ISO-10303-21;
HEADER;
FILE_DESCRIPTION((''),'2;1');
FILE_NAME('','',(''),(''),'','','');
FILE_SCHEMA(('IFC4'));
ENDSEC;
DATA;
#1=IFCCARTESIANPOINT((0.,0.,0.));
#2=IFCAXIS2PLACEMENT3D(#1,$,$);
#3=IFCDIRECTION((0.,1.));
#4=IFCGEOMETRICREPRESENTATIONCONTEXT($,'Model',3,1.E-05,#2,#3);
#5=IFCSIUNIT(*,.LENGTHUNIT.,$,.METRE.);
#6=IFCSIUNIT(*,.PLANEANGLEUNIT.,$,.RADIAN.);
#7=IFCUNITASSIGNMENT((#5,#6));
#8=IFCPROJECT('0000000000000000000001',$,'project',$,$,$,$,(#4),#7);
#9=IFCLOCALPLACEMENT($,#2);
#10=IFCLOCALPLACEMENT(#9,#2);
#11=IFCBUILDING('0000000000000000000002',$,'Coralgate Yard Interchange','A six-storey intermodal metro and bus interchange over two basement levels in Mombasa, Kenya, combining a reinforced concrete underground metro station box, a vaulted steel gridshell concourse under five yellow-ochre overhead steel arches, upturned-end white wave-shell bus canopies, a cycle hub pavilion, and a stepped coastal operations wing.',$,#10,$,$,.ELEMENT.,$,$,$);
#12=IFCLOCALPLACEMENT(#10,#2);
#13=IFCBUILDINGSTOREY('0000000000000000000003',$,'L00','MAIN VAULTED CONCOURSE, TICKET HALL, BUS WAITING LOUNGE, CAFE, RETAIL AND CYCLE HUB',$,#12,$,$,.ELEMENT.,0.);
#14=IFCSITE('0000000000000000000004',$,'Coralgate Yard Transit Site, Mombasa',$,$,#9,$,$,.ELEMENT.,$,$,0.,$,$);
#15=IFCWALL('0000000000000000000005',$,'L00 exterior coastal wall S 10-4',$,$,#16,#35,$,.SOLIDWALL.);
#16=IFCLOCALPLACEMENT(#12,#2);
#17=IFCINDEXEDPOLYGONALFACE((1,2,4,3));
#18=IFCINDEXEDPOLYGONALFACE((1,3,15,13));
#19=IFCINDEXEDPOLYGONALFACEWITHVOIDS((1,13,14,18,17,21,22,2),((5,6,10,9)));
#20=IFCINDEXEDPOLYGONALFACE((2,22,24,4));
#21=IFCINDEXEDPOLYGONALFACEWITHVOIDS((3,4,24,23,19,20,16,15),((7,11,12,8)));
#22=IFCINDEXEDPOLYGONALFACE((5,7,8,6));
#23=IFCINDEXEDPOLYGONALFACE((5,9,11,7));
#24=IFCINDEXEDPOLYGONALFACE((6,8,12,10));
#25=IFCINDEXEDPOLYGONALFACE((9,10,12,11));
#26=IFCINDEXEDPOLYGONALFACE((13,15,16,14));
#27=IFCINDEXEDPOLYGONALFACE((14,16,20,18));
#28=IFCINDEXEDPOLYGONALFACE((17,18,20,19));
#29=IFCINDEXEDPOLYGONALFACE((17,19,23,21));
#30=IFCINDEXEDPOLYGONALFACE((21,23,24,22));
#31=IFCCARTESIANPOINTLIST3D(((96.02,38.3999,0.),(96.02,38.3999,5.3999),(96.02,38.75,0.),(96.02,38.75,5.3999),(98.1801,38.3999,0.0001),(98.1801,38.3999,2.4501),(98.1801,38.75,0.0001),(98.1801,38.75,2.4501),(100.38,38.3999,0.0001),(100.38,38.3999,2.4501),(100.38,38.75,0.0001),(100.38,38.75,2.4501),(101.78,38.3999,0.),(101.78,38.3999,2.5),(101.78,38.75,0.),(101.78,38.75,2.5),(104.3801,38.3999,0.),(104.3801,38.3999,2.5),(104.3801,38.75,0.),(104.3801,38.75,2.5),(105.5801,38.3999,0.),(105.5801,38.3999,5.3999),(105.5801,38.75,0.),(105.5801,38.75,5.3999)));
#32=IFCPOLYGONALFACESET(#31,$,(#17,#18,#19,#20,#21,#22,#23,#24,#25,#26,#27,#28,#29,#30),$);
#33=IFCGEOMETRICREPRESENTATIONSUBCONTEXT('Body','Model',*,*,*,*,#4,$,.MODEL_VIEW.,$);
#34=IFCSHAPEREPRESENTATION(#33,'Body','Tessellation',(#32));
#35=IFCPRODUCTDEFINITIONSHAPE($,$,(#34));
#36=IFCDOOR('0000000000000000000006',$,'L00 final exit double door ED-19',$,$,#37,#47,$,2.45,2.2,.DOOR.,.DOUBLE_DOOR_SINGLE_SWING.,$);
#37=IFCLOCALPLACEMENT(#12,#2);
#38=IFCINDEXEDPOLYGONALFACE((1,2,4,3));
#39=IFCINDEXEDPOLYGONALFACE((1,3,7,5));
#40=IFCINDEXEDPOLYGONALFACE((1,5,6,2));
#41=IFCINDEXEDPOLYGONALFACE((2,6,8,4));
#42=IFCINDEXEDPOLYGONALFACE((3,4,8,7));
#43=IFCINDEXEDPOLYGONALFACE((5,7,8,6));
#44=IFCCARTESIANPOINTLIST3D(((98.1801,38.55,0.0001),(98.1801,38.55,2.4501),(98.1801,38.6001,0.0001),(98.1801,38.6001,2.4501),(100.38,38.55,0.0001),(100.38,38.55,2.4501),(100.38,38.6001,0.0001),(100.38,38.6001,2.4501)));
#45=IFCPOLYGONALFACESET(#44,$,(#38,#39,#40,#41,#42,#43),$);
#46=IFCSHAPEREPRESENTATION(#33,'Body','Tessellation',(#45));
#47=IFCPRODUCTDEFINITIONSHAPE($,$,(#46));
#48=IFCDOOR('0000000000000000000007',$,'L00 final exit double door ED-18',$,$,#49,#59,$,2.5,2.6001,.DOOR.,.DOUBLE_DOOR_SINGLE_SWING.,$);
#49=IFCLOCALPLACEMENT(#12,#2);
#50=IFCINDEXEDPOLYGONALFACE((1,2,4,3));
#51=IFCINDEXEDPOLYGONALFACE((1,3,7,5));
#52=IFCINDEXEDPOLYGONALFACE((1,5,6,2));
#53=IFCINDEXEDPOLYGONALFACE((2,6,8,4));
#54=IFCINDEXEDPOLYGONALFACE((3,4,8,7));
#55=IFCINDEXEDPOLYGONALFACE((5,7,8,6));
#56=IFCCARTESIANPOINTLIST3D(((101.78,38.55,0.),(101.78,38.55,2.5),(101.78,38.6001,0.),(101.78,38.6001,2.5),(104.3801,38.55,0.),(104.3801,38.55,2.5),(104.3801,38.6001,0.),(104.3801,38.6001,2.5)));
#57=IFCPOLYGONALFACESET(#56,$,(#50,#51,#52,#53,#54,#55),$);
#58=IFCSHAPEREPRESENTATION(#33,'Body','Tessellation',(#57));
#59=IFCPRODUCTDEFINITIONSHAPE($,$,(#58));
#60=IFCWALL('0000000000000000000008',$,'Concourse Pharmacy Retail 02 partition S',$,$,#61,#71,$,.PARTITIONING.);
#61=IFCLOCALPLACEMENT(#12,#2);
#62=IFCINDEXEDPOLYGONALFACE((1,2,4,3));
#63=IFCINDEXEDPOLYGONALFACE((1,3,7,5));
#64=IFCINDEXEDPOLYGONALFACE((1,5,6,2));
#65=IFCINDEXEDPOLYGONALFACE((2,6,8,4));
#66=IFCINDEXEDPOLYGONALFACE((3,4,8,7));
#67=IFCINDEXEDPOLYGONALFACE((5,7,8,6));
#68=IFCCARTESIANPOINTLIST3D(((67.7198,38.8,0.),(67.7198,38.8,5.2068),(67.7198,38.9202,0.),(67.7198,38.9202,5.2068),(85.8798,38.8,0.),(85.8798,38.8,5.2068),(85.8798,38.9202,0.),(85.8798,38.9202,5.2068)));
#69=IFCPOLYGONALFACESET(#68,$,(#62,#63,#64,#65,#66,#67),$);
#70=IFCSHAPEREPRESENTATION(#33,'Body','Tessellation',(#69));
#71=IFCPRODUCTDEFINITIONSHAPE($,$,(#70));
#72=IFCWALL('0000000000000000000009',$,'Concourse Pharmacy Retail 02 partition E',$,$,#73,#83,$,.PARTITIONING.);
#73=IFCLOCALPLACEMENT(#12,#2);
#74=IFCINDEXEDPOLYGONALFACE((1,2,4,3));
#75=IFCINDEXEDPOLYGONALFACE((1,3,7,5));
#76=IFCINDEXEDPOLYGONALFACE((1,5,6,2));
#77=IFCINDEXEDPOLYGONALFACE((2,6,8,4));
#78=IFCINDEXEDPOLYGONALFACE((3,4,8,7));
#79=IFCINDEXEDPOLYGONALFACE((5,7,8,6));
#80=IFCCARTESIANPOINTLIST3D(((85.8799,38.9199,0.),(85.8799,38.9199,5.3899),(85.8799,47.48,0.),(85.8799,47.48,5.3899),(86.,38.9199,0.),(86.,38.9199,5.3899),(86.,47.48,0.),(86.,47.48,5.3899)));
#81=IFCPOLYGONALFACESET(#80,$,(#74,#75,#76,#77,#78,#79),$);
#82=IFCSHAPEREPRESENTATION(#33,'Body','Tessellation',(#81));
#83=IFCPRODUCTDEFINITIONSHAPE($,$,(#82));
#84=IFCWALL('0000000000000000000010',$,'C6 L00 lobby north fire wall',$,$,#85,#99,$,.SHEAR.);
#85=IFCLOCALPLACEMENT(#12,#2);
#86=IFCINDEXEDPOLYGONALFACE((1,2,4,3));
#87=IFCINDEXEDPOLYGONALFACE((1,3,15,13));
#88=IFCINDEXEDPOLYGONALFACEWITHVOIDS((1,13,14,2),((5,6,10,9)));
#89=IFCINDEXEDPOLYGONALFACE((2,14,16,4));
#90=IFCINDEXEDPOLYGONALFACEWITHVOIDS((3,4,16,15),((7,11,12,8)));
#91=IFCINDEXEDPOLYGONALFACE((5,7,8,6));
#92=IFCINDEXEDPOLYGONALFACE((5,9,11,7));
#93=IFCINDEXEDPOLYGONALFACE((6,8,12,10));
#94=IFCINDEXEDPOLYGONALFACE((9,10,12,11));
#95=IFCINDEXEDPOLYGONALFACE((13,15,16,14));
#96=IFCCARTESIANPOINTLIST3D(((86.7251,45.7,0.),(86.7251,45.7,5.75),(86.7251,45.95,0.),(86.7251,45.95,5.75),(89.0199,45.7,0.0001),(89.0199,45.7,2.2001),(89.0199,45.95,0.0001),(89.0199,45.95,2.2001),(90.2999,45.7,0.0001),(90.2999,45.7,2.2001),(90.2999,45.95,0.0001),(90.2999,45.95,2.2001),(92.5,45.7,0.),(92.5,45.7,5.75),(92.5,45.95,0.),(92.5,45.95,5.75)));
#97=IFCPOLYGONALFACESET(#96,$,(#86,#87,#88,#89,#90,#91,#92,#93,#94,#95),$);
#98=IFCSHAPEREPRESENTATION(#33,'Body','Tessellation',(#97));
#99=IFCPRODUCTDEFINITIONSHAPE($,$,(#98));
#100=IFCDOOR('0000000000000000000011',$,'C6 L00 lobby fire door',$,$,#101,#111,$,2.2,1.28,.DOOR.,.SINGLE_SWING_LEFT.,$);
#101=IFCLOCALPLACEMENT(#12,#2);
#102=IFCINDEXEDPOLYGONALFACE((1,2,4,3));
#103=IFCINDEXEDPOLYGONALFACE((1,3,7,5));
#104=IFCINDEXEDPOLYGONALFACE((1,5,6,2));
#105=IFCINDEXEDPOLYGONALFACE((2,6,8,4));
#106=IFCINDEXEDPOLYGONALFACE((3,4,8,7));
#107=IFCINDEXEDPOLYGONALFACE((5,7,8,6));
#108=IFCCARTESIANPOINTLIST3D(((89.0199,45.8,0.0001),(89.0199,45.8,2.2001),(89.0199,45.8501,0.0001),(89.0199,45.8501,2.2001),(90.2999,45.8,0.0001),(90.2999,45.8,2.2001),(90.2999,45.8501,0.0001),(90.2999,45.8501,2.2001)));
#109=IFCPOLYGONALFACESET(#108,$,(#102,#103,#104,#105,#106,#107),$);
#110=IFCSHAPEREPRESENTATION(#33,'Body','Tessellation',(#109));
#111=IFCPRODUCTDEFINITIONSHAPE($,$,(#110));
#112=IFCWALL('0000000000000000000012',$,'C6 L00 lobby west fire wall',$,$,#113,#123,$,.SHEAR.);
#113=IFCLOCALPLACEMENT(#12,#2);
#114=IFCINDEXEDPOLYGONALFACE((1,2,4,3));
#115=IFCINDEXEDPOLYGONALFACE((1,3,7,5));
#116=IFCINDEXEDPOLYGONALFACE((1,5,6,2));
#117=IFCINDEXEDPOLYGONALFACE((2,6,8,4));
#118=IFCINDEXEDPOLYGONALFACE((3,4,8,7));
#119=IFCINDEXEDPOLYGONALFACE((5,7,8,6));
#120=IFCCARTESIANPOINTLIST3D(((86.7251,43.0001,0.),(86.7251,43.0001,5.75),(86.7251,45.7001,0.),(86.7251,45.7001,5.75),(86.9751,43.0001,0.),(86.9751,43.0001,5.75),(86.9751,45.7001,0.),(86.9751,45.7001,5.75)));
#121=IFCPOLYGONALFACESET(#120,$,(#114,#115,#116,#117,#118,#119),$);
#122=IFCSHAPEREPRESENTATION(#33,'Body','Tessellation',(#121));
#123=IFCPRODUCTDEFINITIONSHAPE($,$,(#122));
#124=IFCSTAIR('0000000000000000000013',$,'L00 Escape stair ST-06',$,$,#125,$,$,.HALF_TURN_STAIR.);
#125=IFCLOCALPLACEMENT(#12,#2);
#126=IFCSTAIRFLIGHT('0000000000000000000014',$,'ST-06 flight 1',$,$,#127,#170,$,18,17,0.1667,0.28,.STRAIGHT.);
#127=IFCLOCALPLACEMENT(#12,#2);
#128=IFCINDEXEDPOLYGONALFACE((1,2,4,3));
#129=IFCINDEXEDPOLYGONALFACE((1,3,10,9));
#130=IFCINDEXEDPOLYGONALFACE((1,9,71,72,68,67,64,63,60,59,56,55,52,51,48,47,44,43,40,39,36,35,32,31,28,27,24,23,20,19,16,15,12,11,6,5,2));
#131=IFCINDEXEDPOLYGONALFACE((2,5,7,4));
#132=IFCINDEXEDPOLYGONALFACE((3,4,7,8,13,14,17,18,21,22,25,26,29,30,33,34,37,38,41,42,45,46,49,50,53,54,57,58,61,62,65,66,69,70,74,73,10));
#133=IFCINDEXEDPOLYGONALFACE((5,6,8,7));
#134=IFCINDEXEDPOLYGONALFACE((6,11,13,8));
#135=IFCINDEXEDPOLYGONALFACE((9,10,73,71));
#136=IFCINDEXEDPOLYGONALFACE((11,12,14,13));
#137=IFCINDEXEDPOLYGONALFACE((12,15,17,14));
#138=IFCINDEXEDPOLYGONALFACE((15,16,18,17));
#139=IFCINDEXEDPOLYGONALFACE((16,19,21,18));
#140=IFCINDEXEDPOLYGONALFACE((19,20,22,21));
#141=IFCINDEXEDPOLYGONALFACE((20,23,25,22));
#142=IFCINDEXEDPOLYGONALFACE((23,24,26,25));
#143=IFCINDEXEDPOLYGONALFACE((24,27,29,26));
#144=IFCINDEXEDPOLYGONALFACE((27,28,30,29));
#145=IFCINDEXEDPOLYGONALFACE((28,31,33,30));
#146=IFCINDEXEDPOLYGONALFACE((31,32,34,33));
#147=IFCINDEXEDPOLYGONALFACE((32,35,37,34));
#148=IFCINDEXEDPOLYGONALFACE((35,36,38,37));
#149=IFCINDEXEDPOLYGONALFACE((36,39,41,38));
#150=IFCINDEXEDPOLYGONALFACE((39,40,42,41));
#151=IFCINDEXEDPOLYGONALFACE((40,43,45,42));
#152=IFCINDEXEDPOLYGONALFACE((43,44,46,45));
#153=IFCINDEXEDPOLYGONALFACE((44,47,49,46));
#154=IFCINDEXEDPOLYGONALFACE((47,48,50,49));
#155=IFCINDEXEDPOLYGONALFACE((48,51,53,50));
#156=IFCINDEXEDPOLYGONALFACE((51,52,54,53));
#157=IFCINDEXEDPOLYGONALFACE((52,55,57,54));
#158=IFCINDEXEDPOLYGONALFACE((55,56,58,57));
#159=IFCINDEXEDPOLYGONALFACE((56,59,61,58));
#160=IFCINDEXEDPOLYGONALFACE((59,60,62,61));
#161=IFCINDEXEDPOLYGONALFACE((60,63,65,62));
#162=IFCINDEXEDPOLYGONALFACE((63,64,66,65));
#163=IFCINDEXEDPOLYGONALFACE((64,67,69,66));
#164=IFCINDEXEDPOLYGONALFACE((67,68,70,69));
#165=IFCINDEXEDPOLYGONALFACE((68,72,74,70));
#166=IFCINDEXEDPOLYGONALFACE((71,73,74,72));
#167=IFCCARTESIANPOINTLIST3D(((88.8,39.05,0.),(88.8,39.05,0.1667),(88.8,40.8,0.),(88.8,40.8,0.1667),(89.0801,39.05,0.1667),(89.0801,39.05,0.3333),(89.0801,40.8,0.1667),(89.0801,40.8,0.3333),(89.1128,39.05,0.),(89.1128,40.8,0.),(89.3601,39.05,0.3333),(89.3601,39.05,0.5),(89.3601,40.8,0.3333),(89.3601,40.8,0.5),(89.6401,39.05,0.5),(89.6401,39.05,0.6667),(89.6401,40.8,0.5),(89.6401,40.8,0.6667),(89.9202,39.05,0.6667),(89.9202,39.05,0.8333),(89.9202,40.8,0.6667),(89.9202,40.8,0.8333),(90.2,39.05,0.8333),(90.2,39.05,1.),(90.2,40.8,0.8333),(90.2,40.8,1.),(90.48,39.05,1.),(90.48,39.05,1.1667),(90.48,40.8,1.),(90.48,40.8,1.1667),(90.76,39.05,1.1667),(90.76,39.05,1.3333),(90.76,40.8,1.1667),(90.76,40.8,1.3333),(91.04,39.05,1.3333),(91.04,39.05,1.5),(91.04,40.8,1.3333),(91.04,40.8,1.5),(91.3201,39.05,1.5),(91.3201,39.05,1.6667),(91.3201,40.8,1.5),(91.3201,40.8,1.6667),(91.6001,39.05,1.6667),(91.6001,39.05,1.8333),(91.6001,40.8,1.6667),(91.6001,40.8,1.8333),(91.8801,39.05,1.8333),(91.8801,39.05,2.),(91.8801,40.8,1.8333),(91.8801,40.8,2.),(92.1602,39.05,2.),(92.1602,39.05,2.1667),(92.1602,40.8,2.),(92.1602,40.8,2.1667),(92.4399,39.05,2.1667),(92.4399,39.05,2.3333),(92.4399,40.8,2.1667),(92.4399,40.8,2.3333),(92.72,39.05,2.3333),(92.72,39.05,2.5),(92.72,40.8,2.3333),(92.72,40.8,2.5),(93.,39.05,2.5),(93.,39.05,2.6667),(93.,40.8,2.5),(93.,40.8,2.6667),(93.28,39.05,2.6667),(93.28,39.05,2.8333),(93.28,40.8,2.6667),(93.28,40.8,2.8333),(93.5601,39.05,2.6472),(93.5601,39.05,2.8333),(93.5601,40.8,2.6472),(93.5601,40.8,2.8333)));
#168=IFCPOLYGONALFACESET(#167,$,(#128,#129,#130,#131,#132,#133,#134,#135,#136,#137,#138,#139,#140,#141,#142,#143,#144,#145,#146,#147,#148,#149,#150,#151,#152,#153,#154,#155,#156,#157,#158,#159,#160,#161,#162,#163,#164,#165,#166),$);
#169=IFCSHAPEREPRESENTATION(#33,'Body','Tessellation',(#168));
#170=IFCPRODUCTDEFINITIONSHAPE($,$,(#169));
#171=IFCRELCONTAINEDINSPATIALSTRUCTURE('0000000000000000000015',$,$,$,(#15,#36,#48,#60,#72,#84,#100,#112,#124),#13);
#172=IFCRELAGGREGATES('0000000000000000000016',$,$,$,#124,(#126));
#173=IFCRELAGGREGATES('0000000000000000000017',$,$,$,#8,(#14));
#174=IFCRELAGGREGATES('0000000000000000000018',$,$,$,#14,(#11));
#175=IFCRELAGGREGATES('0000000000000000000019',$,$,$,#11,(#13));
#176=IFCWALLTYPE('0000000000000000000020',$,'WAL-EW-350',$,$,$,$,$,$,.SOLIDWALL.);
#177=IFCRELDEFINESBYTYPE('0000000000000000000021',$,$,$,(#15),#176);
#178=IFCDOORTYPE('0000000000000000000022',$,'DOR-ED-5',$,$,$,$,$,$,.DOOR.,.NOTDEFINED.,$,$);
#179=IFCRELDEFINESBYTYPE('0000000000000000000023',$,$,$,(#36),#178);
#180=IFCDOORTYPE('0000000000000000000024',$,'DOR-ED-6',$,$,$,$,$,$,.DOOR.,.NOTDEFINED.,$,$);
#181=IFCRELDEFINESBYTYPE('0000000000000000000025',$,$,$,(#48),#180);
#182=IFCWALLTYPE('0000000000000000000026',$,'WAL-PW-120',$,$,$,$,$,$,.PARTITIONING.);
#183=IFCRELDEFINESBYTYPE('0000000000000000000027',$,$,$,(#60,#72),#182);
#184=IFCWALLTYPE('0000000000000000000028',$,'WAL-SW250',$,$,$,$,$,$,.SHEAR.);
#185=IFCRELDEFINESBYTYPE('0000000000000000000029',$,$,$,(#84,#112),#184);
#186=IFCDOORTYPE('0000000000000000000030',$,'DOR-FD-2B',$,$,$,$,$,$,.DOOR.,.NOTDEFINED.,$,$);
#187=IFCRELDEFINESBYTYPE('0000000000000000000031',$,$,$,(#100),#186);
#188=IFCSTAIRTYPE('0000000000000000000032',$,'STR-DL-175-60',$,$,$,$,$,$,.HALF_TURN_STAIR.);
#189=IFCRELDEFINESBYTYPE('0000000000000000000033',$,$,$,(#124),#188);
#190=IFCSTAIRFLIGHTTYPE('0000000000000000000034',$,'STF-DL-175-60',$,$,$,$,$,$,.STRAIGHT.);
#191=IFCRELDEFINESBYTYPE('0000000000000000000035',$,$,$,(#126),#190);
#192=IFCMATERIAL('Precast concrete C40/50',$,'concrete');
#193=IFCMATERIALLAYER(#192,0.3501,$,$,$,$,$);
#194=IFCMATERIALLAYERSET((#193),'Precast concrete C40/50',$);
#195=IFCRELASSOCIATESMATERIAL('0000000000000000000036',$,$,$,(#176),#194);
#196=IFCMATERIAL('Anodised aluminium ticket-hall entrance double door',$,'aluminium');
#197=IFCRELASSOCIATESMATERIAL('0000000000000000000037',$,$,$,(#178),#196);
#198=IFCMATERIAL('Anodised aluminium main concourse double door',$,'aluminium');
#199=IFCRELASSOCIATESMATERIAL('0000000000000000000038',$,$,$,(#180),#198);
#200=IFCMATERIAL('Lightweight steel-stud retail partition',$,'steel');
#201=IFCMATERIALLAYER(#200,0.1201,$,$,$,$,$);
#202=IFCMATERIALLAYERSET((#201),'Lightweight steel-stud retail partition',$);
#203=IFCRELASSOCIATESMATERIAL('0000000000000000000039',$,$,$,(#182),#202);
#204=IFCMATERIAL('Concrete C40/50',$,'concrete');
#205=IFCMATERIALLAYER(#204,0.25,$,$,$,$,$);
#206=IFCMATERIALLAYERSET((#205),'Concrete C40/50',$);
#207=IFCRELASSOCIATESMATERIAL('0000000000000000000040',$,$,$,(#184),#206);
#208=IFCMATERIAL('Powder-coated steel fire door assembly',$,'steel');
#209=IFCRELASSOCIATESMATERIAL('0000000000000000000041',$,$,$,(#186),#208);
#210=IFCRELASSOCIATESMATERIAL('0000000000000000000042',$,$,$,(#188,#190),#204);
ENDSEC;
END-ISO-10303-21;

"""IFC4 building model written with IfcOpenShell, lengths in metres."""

from ifc_helpers import new_model, si_unit, direction, frame, frame_2d, origin, place, context, subcontext, project, spatial, polyline, rectangle, outline, extrude, material, layer, layer_set, type_object, element, fill, aggregate, save


model = new_model("IFC4")

# Units and contexts
model_context = context("Model", 3, precision=1e-05, world=origin(), true_north=direction((0.0, 1.0)))
body_context = subcontext(model_context, "Body", "Model", "MODEL_VIEW")
ifc_project = project(units=[si_unit("LENGTHUNIT", "METRE"), si_unit("PLANEANGLEUNIT", "RADIAN")], contexts=[model_context])

# Site, building, storey
site_placement = place(None, origin())
site = spatial("IfcSite", under=ifc_project, at=site_placement, Name="Coralgate Yard Transit Site, Mombasa", CompositionType="ELEMENT", RefElevation=0.0)
building_placement = place(site_placement, origin())
building = spatial("IfcBuilding", under=site, at=building_placement, Name="Coralgate Yard Interchange", Description="A six-storey intermodal metro and bus interchange over two basement levels in Mombasa, Kenya, combining a reinforced concrete underground metro station box, a vaulted steel gridshell concourse under five yellow-ochre overhead steel arches, upturned-end white wave-shell bus canopies, a cycle hub pavilion, and a stepped coastal operations wing.", CompositionType="ELEMENT")
storey_placement = place(building_placement, origin())
storey = spatial("IfcBuildingStorey", under=building, at=storey_placement, Name="L00", Description="MAIN VAULTED CONCOURSE, TICKET HALL, BUS WAITING LOUNGE, CAFE, RETAIL AND CYCLE HUB", CompositionType="ELEMENT", Elevation=0.0)

# Shared definitions
ifc_material_1 = material(Name="Concrete C40/50", Category="concrete")

# Shared definitions
ifc_material_2 = material(Name="Powder-coated steel fire door assembly", Category="steel")

# Wall, openings, doors
ifc_material_3 = material(Name="Precast concrete C40/50", Category="concrete")
ifc_layer_1 = layer(ifc_material_3, 0.3501)
ifc_layer_set_1 = layer_set([ifc_layer_1], Name="Precast concrete C40/50")
wall_type_1 = type_object("IfcWallType", Name="WAL-EW-350", PredefinedType="SOLIDWALL", material=ifc_layer_set_1)
wall_1_placement = place(storey_placement, frame((105.5801, 38.575, 0.0), z_axis=(0.0, 0.0, 1.0), x_axis=(-1.0, 0.0, 0.0)))
wall_1 = element("IfcWall", 1, at=wall_1_placement, inside=storey, type_object=wall_type_1, Name="L00 exterior coastal wall S 10-4", PredefinedType="SOLIDWALL", context=body_context, shape_type="SweptSolid", body=[
    extrude(rectangle(XDim=9.5601, YDim=0.3501, at=frame_2d((4.78, 0.0))), origin(), (0.0, 0.0, 1.0), 5.3999),
])
opening_1_placement = place(wall_1_placement, frame((1.2, 0.0, 0.0)))
opening_1 = element("IfcOpeningElement", 2, at=opening_1_placement, cuts=wall_1, PredefinedType="OPENING", context=body_context, shape_type="SweptSolid", body=[
    extrude(rectangle(XDim=2.6001, YDim=2.5, at=frame_2d((1.3, 1.25))), frame((0.0, 0.1851, 0.0), z_axis=(0.0, -1.0, 0.0), x_axis=(1.0, 0.0, 0.0)), (0.0, 0.0, 1.0), 0.3701),
])
opening_2_placement = place(wall_1_placement, frame((5.2, 0.0, 0.0)))
opening_2 = element("IfcOpeningElement", 3, at=opening_2_placement, cuts=wall_1, PredefinedType="OPENING", context=body_context, shape_type="SweptSolid", body=[
    extrude(rectangle(XDim=2.2, YDim=2.45, at=frame_2d((1.1001, 1.2251))), frame((0.0, 0.1851, 0.0), z_axis=(0.0, -1.0, 0.0), x_axis=(1.0, 0.0, 0.0)), (0.0, 0.0, 1.0), 0.3701),
])
ifc_material_4 = material(Name="Anodised aluminium ticket-hall entrance double door", Category="aluminium")
door_type_1 = type_object("IfcDoorType", Name="DOR-ED-5", OperationType="NOTDEFINED", PredefinedType="DOOR", material=ifc_material_4)
door_1_placement = place(opening_2_placement, origin())
door_1 = element("IfcDoor", 4, at=door_1_placement, inside=storey, type_object=door_type_1, Name="L00 final exit double door ED-19", OperationType="DOUBLE_DOOR_SINGLE_SWING", OverallHeight=2.45, OverallWidth=2.2, PredefinedType="DOOR", context=body_context, shape_type="SweptSolid", body=[
    extrude(rectangle(XDim=2.2, YDim=2.45, at=frame_2d((1.1001, 1.2251))), frame((0.0, 0.0249, 0.0), z_axis=(0.0, -1.0, 0.0), x_axis=(1.0, 0.0, 0.0)), (0.0, 0.0, 1.0), 0.05),
])
fill(opening_2, door_1)
ifc_material_5 = material(Name="Anodised aluminium main concourse double door", Category="aluminium")
door_type_2 = type_object("IfcDoorType", Name="DOR-ED-6", OperationType="NOTDEFINED", PredefinedType="DOOR", material=ifc_material_5)
door_2_placement = place(opening_1_placement, origin())
door_2 = element("IfcDoor", 5, at=door_2_placement, inside=storey, type_object=door_type_2, Name="L00 final exit double door ED-18", OperationType="DOUBLE_DOOR_SINGLE_SWING", OverallHeight=2.5, OverallWidth=2.6001, PredefinedType="DOOR", context=body_context, shape_type="SweptSolid", body=[
    extrude(rectangle(XDim=2.6001, YDim=2.5, at=frame_2d((1.3, 1.25))), frame((0.0, 0.0249, 0.0), z_axis=(0.0, -1.0, 0.0), x_axis=(1.0, 0.0, 0.0)), (0.0, 0.0, 1.0), 0.05),
])
fill(opening_1, door_2)

# Walls
ifc_material_6 = material(Name="Lightweight steel-stud retail partition", Category="steel")
ifc_layer_2 = layer(ifc_material_6, 0.1201)
ifc_layer_set_2 = layer_set([ifc_layer_2], Name="Lightweight steel-stud retail partition")
wall_type_2 = type_object("IfcWallType", Name="WAL-PW-120", PredefinedType="PARTITIONING", material=ifc_layer_set_2)
wall_2_placement = place(storey_placement, frame((85.8799, 38.8601, 0.0), z_axis=(0.0, 0.0, 1.0), x_axis=(-1.0, 0.0, 0.0)))
element("IfcWall", 6, at=wall_2_placement, inside=storey, type_object=wall_type_2, Name="Concourse Pharmacy Retail 02 partition S", PredefinedType="PARTITIONING", context=body_context, shape_type="SweptSolid", body=[
    extrude(rectangle(XDim=18.1599, YDim=0.1201, at=frame_2d((9.0801, 0.0))), origin(), (0.0, 0.0, 1.0), 5.2068),
])
wall_3_placement = place(storey_placement, frame((85.9399, 47.48, 0.0), z_axis=(0.0, 0.0, 1.0), x_axis=(0.0, -1.0, 0.0)))
element("IfcWall", 7, at=wall_3_placement, inside=storey, type_object=wall_type_2, Name="Concourse Pharmacy Retail 02 partition E", PredefinedType="PARTITIONING", context=body_context, shape_type="SweptSolid", body=[
    extrude(rectangle(XDim=8.5601, YDim=0.1201, at=frame_2d((4.28, 0.0))), origin(), (0.0, 0.0, 1.0), 5.3899),
])

# Wall, opening, door
ifc_layer_3 = layer(ifc_material_1, 0.25)
ifc_layer_set_3 = layer_set([ifc_layer_3], Name="Concrete C40/50")
wall_type_3 = type_object("IfcWallType", Name="WAL-SW250", PredefinedType="SHEAR", material=ifc_layer_set_3)
wall_4_placement = place(storey_placement, frame((92.5, 45.825, 0.0), z_axis=(0.0, 0.0, 1.0), x_axis=(-1.0, 0.0, 0.0)))
wall_4 = element("IfcWall", 8, at=wall_4_placement, inside=storey, type_object=wall_type_3, Name="C6 L00 lobby north fire wall", PredefinedType="SHEAR", context=body_context, shape_type="SweptSolid", body=[
    extrude(rectangle(XDim=5.7749, YDim=0.25, at=frame_2d((2.8875, 0.0))), origin(), (0.0, 0.0, 1.0), 5.75),
])
opening_3_placement = place(wall_4_placement, frame((2.2, 0.0, 0.0)))
opening_3 = element("IfcOpeningElement", 9, at=opening_3_placement, cuts=wall_4, PredefinedType="OPENING", context=body_context, shape_type="SweptSolid", body=[
    extrude(rectangle(XDim=1.28, YDim=2.2, at=frame_2d((0.6401, 1.1001))), frame((0.0, 0.135, 0.0), z_axis=(0.0, -1.0, 0.0), x_axis=(1.0, 0.0, 0.0)), (0.0, 0.0, 1.0), 0.27),
])
door_type_3 = type_object("IfcDoorType", Name="DOR-FD-2B", OperationType="NOTDEFINED", PredefinedType="DOOR", material=ifc_material_2)
door_3_placement = place(opening_3_placement, origin())
door_3 = element("IfcDoor", 10, at=door_3_placement, inside=storey, type_object=door_type_3, Name="C6 L00 lobby fire door", OperationType="SINGLE_SWING_LEFT", OverallHeight=2.2, OverallWidth=1.28, PredefinedType="DOOR", context=body_context, shape_type="SweptSolid", body=[
    extrude(rectangle(XDim=1.28, YDim=2.2, at=frame_2d((0.6401, 1.1001))), frame((0.0, 0.0249, 0.0), z_axis=(0.0, -1.0, 0.0), x_axis=(1.0, 0.0, 0.0)), (0.0, 0.0, 1.0), 0.05),
])
fill(opening_3, door_3)

# Wall
wall_5_placement = place(storey_placement, frame((86.8501, 43.0, 0.0), z_axis=(0.0, 0.0, 1.0), x_axis=(0.0, 1.0, 0.0)))
element("IfcWall", 11, at=wall_5_placement, inside=storey, type_object=wall_type_3, Name="C6 L00 lobby west fire wall", PredefinedType="SHEAR", context=body_context, shape_type="SweptSolid", body=[
    extrude(rectangle(XDim=2.7, YDim=0.25, at=frame_2d((1.3501, 0.0))), origin(), (0.0, 0.0, 1.0), 5.75),
])

# Stair, stair flight
stair_type = type_object("IfcStairType", Name="STR-DL-175-60", PredefinedType="HALF_TURN_STAIR", material=ifc_material_1)
stair_placement = place(storey_placement, origin())
stair = element("IfcStair", 12, at=stair_placement, inside=storey, type_object=stair_type, Name="L00 Escape stair ST-06", PredefinedType="HALF_TURN_STAIR")
stair_flight_type = type_object("IfcStairFlightType", Name="STF-DL-175-60", PredefinedType="STRAIGHT", material=ifc_material_1)
stair_flight_1_placement = place(storey_placement, frame((88.8, 39.925, 0.0), z_axis=(0.0, 0.0, 1.0), x_axis=(1.0, 0.0, 0.0)))
stair_flight_1 = element("IfcStairFlight", 13, at=stair_flight_1_placement, type_object=stair_flight_type, Name="ST-06 flight 1", NumberOfRisers=18, NumberOfTreads=17, PredefinedType="STRAIGHT", RiserHeight=0.1667, TreadLength=0.28, context=body_context, shape_type="SweptSolid", body=[
    extrude(outline(polyline([(0.0, 0.0), (0.0, 0.1667), (0.28, 0.1667), (0.28, 0.3333), (0.5601, 0.3333), (0.5601, 0.5), (0.8401, 0.5), (0.8401, 0.6667), (1.1201, 0.6667), (1.1201, 0.8333), (1.3999, 0.8333), (1.3999, 1.0), (1.6799, 1.0), (1.6799, 1.1667), (1.96, 1.1667), (1.96, 1.3333), (2.24, 1.3333), (2.24, 1.5), (2.52, 1.5), (2.52, 1.6667), (2.8, 1.6667), (2.8, 1.8333), (3.0801, 1.8333), (3.0801, 2.0), (3.3601, 2.0), (3.3601, 2.1667), (3.6399, 2.1667), (3.6399, 2.3333), (3.9199, 2.3333), (3.9199, 2.5), (4.2, 2.5), (4.2, 2.6667), (4.48, 2.6667), (4.48, 2.8333), (4.76, 2.8333), (4.76, 3.0), (4.76, 2.6472), (0.3127, 0.0), (0.0, 0.0)])), frame((0.0, 0.875, 0.0), z_axis=(0.0, -1.0, 0.0), x_axis=(1.0, 0.0, 0.0)), (0.0, 0.0, 1.0), 1.75),
])
aggregate(stair, [stair_flight_1])

save(model, "model.ifc")
